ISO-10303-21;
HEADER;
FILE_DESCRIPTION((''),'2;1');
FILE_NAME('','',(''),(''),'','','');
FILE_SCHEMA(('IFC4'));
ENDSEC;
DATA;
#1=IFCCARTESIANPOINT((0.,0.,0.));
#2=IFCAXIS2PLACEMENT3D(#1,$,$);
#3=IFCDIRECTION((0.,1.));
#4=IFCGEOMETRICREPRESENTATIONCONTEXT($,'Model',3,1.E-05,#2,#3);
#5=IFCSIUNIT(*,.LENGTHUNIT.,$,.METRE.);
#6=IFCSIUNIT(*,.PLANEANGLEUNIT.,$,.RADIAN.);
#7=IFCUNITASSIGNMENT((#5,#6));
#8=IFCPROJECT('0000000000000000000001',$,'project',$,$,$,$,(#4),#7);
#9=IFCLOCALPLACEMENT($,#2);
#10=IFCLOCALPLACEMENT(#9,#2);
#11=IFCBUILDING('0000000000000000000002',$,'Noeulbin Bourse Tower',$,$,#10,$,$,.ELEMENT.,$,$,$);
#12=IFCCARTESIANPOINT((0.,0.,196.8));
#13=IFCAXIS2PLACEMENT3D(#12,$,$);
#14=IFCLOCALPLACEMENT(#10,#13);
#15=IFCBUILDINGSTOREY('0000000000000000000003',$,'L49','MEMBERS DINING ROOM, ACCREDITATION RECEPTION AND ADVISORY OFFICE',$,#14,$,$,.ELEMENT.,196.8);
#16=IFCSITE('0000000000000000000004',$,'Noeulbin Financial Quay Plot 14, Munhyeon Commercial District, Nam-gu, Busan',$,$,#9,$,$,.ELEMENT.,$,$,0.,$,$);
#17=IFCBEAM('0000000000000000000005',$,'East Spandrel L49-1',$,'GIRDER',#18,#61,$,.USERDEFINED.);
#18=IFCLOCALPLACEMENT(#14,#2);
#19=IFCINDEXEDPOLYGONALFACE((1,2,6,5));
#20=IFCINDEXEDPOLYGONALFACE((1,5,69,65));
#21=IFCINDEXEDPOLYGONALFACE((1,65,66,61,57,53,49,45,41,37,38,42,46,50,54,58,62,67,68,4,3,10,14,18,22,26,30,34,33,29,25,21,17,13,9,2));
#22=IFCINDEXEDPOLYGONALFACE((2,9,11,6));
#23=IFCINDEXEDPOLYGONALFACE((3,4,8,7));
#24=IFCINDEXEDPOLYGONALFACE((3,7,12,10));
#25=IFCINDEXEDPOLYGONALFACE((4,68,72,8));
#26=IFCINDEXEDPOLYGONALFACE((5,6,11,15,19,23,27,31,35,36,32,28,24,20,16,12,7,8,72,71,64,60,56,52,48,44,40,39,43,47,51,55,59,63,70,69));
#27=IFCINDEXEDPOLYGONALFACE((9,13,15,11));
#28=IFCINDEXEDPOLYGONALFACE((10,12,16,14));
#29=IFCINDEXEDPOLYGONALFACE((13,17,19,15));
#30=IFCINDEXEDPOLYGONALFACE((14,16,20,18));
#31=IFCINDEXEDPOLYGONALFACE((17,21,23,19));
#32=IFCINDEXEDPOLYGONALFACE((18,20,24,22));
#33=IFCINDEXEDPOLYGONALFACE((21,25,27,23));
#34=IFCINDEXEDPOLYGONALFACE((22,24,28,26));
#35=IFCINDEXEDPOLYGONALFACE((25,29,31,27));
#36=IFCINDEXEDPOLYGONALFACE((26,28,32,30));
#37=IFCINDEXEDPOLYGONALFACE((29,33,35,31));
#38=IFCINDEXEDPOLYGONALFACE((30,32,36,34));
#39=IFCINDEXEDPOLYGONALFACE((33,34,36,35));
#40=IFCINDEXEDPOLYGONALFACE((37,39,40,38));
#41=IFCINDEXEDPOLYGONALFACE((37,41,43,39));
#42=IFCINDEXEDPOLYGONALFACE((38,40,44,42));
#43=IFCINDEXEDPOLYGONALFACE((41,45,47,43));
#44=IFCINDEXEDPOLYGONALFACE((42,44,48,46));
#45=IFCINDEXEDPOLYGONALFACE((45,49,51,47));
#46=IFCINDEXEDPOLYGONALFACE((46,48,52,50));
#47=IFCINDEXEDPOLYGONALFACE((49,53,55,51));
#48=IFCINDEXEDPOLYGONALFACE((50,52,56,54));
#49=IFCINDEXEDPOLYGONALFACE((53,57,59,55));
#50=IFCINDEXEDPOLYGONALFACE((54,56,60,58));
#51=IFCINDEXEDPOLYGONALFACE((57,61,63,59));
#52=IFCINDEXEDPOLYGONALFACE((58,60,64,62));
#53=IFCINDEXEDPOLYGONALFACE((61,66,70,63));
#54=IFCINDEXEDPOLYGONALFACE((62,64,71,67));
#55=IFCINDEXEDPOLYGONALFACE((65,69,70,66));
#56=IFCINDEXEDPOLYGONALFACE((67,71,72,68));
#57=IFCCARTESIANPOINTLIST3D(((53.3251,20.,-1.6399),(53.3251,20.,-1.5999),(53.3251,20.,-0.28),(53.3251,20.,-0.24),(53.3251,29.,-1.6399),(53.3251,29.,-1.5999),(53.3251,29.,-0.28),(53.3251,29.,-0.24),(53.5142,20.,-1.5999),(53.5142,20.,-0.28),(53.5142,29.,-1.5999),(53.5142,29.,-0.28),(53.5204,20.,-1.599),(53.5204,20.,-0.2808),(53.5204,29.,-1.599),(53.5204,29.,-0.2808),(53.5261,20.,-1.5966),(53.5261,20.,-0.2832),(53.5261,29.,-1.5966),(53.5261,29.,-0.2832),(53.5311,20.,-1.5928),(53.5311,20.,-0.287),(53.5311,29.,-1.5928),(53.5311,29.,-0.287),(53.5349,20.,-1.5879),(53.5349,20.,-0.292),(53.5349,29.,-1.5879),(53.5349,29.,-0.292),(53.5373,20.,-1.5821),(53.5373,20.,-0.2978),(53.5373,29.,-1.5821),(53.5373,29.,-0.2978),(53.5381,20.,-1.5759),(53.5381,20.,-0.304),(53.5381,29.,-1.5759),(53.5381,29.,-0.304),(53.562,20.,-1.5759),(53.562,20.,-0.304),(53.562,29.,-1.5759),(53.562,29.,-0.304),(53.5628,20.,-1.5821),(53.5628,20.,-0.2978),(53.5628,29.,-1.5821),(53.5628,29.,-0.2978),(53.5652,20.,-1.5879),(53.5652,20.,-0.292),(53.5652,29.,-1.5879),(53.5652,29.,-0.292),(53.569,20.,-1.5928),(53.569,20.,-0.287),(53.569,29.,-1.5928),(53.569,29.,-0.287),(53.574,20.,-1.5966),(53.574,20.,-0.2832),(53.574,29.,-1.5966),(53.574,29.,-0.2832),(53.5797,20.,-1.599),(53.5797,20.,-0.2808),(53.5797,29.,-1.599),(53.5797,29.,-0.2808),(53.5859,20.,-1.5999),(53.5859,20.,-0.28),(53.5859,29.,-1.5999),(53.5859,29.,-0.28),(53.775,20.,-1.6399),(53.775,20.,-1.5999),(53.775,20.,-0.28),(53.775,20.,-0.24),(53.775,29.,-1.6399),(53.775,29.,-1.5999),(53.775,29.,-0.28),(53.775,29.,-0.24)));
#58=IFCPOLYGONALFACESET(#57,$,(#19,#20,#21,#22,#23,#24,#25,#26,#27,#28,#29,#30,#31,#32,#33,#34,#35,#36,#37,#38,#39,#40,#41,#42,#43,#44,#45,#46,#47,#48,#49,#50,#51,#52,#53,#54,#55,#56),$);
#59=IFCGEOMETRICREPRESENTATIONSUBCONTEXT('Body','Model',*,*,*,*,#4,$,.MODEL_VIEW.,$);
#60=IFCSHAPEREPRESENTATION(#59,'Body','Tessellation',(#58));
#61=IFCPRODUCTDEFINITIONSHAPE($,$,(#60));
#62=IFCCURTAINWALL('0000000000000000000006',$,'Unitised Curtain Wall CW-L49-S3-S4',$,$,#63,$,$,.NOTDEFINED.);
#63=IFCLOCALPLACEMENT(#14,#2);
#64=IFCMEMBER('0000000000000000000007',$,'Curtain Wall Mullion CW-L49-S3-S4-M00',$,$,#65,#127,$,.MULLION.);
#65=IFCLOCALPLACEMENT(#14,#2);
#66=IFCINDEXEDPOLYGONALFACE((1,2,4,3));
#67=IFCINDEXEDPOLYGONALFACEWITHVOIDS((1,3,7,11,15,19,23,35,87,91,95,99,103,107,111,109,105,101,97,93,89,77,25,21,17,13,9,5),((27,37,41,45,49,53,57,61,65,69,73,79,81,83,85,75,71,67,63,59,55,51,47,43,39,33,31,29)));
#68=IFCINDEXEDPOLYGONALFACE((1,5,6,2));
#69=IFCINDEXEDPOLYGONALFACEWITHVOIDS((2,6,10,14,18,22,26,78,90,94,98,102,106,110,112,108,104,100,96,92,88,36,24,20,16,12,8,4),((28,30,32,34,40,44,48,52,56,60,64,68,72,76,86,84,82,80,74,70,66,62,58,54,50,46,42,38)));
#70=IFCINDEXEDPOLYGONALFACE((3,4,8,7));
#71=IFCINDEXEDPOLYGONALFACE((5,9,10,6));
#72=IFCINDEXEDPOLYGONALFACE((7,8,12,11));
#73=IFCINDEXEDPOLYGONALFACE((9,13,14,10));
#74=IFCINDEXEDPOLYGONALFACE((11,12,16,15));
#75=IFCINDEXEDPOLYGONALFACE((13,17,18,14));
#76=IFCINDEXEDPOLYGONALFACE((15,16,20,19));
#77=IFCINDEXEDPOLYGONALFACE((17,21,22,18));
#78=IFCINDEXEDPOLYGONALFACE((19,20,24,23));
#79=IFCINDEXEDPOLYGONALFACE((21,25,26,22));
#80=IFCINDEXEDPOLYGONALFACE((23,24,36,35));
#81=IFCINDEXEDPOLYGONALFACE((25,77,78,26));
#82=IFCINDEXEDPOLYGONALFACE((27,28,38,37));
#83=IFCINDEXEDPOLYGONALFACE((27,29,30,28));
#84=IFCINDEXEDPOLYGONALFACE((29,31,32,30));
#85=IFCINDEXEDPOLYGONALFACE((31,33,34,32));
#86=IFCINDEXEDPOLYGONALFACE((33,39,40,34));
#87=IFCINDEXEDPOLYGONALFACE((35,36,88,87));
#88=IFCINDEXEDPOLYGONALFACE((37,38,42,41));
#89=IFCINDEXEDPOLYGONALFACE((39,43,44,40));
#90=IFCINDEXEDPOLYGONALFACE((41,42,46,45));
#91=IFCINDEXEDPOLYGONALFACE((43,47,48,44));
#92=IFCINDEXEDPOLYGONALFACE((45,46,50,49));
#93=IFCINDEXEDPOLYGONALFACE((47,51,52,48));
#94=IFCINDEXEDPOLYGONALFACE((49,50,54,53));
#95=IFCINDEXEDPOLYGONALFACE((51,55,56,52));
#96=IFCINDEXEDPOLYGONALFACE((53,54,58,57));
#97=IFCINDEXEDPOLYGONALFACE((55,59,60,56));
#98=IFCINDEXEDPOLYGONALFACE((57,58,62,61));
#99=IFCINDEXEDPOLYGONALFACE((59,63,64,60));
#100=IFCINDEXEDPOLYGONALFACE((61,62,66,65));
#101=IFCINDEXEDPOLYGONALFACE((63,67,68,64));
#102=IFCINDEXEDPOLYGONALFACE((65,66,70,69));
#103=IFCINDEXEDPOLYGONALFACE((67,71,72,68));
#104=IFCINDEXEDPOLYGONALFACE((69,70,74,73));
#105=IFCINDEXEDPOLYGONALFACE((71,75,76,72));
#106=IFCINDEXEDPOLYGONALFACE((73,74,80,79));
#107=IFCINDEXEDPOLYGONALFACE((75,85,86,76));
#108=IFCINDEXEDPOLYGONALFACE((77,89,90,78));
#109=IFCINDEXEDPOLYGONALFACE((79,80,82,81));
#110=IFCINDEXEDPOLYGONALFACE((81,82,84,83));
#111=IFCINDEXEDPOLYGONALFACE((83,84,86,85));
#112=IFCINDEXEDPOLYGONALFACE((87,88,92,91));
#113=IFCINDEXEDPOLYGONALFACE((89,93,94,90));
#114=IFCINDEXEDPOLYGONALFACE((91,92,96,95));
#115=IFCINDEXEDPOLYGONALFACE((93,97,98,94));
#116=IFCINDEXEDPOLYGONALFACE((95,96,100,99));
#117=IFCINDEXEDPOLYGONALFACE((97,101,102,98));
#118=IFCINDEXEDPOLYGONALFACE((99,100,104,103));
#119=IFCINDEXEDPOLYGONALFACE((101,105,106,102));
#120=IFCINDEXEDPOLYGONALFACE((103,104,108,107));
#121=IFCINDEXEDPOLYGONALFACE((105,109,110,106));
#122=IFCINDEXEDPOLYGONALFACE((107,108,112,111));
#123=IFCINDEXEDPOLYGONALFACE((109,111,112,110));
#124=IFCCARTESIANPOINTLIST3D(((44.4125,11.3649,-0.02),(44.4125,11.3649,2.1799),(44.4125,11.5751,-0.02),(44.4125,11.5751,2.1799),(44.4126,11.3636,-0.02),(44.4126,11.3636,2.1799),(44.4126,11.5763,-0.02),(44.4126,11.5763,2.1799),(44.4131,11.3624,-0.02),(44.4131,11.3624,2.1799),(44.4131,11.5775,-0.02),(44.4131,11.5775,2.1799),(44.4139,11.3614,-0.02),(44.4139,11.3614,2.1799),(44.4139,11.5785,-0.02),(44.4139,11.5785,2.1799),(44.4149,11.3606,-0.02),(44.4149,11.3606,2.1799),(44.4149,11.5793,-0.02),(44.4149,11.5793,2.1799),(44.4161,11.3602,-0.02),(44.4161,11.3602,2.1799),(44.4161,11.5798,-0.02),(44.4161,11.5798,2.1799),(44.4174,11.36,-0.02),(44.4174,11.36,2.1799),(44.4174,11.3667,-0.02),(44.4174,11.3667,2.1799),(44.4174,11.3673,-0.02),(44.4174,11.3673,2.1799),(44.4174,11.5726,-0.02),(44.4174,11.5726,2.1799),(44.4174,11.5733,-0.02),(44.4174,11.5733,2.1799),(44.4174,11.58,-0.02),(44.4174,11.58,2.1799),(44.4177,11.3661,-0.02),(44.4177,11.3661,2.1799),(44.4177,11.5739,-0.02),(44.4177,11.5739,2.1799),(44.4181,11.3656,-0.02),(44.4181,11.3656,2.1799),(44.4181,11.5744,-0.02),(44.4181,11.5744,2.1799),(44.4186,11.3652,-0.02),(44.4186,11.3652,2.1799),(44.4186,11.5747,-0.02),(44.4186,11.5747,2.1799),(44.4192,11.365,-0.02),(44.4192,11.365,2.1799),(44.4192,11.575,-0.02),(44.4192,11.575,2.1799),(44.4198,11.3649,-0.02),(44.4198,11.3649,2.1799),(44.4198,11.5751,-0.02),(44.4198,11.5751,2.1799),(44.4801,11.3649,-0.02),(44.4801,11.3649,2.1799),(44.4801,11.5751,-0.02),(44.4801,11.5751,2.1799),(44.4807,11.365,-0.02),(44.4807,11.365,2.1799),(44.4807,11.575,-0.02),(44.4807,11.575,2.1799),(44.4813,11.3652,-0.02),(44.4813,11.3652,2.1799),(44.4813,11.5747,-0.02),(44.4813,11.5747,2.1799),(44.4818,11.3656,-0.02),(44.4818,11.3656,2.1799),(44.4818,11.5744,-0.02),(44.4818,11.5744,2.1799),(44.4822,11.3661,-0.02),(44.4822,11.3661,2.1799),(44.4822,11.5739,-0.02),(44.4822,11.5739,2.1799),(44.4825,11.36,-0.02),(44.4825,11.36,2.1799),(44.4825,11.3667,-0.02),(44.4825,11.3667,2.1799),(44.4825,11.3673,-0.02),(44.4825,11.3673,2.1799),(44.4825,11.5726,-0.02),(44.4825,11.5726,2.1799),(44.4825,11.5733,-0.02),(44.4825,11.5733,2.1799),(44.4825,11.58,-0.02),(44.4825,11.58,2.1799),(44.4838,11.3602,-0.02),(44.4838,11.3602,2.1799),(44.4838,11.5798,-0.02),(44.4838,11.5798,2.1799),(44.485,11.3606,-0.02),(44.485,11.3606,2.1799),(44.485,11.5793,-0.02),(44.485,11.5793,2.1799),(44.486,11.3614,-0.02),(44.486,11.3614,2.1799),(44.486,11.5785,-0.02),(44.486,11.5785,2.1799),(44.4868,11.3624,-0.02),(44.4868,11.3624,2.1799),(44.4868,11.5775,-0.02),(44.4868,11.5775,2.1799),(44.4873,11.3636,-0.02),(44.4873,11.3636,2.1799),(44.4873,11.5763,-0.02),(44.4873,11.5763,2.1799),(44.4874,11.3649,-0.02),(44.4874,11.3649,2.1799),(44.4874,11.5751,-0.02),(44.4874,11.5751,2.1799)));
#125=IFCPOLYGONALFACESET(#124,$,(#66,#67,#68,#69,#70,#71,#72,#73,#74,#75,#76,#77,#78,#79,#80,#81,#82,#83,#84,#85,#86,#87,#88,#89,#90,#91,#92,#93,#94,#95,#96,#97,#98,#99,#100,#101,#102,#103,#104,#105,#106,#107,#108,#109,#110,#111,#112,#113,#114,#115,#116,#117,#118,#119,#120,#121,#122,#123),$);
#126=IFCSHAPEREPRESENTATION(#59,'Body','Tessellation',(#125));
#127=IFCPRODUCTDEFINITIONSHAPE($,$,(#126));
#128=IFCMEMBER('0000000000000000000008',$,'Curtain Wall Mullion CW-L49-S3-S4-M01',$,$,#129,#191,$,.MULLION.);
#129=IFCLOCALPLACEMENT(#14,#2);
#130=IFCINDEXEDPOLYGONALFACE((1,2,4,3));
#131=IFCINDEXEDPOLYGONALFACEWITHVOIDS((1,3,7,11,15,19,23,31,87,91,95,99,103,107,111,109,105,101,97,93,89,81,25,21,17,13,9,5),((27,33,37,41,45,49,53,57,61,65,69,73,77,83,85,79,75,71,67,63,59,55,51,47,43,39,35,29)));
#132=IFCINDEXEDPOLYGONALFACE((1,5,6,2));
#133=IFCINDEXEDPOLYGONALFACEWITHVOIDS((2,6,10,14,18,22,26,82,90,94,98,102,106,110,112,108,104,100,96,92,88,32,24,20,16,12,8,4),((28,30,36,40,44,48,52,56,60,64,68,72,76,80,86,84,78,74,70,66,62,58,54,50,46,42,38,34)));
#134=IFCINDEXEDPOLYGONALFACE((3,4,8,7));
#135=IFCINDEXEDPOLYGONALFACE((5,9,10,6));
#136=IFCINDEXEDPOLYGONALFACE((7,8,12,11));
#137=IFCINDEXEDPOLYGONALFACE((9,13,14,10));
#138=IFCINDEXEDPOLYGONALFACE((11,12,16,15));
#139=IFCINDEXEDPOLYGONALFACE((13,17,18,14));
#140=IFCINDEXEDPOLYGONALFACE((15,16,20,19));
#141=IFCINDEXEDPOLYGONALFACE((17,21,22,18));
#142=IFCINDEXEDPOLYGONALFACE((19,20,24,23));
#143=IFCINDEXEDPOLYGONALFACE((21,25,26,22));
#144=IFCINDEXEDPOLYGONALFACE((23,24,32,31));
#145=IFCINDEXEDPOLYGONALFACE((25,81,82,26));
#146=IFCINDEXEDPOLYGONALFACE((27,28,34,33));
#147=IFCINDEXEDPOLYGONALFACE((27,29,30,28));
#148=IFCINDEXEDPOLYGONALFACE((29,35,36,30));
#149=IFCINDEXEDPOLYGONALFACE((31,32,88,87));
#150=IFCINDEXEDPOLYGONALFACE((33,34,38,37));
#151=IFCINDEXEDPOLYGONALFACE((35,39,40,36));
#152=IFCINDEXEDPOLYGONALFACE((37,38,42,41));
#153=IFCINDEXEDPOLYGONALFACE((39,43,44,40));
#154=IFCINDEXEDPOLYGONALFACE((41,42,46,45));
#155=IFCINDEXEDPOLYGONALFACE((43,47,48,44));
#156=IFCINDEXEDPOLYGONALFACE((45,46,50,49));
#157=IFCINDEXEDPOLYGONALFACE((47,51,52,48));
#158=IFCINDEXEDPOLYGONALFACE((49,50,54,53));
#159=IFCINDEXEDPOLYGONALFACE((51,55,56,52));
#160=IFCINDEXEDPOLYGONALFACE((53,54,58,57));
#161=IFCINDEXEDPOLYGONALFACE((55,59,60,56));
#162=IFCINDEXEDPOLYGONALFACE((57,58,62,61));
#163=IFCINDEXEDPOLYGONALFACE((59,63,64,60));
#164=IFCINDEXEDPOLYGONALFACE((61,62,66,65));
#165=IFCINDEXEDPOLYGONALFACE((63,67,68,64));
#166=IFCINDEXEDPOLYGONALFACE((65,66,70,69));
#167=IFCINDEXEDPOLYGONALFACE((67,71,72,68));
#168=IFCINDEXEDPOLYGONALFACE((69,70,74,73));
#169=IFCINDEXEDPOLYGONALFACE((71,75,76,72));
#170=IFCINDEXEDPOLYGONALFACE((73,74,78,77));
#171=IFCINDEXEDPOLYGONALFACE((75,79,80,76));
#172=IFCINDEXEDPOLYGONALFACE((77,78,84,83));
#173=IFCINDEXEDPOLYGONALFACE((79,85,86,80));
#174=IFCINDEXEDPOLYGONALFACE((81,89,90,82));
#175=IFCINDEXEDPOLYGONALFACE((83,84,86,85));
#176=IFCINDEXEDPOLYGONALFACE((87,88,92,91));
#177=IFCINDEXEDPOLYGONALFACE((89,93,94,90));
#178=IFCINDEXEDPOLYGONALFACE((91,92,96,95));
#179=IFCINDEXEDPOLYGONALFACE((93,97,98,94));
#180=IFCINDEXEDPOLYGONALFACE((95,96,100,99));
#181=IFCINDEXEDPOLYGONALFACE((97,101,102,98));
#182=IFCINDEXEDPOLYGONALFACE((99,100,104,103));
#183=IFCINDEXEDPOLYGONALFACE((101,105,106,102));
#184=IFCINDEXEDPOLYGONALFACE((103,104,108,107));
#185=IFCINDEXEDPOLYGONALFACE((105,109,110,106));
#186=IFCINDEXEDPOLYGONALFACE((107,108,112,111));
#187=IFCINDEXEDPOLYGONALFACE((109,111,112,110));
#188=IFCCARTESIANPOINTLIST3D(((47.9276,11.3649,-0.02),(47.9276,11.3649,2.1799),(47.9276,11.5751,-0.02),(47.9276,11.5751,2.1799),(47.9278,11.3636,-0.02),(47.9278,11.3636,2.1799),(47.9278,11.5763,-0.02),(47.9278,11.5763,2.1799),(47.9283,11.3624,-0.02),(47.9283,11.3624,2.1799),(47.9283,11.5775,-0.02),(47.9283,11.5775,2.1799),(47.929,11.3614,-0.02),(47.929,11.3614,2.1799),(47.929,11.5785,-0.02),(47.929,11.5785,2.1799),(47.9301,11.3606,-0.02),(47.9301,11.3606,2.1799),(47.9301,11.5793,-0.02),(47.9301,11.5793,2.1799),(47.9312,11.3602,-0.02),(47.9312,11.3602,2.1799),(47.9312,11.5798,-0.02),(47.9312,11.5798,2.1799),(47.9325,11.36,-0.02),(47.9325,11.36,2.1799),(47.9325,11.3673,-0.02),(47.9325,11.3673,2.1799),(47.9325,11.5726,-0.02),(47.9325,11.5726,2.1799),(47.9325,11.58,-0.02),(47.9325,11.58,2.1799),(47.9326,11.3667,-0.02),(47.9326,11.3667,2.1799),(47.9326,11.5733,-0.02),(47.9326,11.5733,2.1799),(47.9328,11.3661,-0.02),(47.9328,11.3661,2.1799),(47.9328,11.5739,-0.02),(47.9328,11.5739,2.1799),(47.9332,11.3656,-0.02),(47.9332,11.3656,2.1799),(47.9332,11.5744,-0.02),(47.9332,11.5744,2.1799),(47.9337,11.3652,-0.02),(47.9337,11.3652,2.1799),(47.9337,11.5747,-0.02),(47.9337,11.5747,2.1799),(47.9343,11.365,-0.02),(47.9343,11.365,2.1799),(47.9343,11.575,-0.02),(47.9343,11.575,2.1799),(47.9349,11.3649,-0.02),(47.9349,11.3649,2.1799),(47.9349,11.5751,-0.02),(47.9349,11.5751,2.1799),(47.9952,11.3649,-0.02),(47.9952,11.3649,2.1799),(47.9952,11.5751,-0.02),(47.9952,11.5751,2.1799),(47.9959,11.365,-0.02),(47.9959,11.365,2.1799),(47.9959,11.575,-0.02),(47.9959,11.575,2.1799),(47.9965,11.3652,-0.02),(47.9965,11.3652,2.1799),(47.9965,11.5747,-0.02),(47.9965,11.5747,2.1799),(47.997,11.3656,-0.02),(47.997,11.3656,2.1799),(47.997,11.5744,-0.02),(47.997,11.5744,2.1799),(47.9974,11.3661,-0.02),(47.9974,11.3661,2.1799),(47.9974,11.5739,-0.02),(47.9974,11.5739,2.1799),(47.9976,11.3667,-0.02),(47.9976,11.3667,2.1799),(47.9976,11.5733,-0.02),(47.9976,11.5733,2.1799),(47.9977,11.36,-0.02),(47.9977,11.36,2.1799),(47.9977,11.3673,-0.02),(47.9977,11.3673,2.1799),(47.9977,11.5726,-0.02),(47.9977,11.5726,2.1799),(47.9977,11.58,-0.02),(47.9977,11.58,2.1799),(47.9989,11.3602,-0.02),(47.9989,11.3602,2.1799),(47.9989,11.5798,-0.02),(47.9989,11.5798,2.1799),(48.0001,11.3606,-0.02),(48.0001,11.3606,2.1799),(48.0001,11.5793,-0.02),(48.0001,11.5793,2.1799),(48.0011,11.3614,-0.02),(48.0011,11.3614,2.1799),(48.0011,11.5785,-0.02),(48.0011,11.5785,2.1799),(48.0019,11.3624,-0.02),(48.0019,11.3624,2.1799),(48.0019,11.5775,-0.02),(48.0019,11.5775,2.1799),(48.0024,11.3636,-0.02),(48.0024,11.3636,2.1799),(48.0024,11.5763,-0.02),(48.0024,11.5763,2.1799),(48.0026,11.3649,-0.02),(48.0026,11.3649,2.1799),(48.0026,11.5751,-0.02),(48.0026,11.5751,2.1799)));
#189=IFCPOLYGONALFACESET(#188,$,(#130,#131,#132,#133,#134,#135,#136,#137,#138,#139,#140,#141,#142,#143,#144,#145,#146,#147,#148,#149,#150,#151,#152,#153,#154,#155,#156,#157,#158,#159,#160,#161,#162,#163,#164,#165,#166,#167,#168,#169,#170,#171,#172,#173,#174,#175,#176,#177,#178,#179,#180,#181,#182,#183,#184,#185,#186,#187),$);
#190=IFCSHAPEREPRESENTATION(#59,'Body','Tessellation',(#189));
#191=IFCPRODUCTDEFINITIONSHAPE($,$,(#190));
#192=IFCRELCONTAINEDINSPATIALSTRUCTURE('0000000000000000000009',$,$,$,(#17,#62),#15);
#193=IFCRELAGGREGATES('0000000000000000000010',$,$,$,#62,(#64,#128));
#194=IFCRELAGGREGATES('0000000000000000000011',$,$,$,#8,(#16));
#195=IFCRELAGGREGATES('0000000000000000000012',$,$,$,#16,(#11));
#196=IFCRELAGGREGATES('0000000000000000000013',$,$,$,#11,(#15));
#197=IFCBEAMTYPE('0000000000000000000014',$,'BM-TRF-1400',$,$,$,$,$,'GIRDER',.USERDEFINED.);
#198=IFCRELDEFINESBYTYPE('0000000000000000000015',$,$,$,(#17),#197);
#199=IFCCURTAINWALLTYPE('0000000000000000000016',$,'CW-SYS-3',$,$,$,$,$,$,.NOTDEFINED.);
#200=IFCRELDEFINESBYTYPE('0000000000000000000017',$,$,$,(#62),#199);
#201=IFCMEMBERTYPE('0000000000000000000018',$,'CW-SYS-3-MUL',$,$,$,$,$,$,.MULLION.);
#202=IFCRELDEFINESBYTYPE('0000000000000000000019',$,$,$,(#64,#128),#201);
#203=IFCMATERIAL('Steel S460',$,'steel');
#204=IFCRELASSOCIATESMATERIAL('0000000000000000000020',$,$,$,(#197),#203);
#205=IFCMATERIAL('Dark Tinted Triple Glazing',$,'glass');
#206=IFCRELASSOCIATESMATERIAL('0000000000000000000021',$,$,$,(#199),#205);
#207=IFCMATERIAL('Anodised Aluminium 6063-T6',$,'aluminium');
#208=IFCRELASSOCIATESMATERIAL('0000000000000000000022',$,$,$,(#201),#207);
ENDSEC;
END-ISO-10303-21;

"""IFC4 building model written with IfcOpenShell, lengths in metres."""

from ifc_helpers import new_model, si_unit, direction, frame, origin, origin_2d, place, context, subcontext, project, spatial, hollow_rectangle, i_section, extrude, material, material_profile, profile_set, type_object, element, aggregate, save


model = new_model("IFC4")

# Units and contexts
model_context = context("Model", 3, precision=1e-05, world=origin(), true_north=direction((0.0, 1.0)))
body_context = subcontext(model_context, "Body", "Model", "MODEL_VIEW")
ifc_project = project(units=[si_unit("LENGTHUNIT", "METRE"), si_unit("PLANEANGLEUNIT", "RADIAN")], contexts=[model_context])

# Site, building, storey
site_placement = place(None, origin())
site = spatial("IfcSite", under=ifc_project, at=site_placement, Name="Noeulbin Financial Quay Plot 14, Munhyeon Commercial District, Nam-gu, Busan", CompositionType="ELEMENT", RefElevation=0.0)
building_placement = place(site_placement, origin())
building = spatial("IfcBuilding", under=site, at=building_placement, Name="Noeulbin Bourse Tower", CompositionType="ELEMENT")
storey_placement = place(building_placement, frame((0.0, 0.0, 196.8)))
storey = spatial("IfcBuildingStorey", under=building, at=storey_placement, Name="L49", Description="MEMBERS DINING ROOM, ACCREDITATION RECEPTION AND ADVISORY OFFICE", CompositionType="ELEMENT", Elevation=196.8)

# Beam
ifc_material_1 = material(Name="Steel S460", Category="steel")
ifc_material_profile_1 = material_profile(ifc_material_1, i_section(OverallWidth=0.45, OverallDepth=1.3999, WebThickness=0.0239, FlangeThickness=0.04, FilletRadius=0.0239, at=origin_2d()), Name="PG-1400x450x24x40", Category="LoadBearing")
ifc_profile_set_1 = profile_set([ifc_material_profile_1], Name="Steel S460")
beam_type = type_object("IfcBeamType", Name="BM-TRF-1400", ElementType="GIRDER", PredefinedType="USERDEFINED", material=ifc_profile_set_1)
for number, where, z_axis, x_axis, name in (
    (1, (53.55, 20.0, -0.9399), (0.0, 1.0, 0.0), (-1.0, 0.0, 0.0), "East Spandrel L49-1"),
):
    element("IfcBeam", number, at=place(storey_placement, frame(where, z_axis=z_axis, x_axis=x_axis)), inside=storey, type_object=beam_type, Name=name, ObjectType="GIRDER", PredefinedType="USERDEFINED", context=body_context, shape_type="SweptSolid", body=[
        extrude(i_section(OverallWidth=0.45, OverallDepth=1.3999, WebThickness=0.0239, FlangeThickness=0.04, FilletRadius=0.0239, at=origin_2d()), origin(), (0.0, 0.0, 1.0), 9.0),
    ])

# Curtain wall, members
ifc_material_2 = material(Name="Dark Tinted Triple Glazing", Category="glass")
curtain_wall_type = type_object("IfcCurtainWallType", Name="CW-SYS-3", PredefinedType="NOTDEFINED", material=ifc_material_2)
curtain_wall_1_placement = place(storey_placement, origin())
curtain_wall_1 = element("IfcCurtainWall", 2, at=curtain_wall_1_placement, inside=storey, type_object=curtain_wall_type, Name="Unitised Curtain Wall CW-L49-S3-S4", PredefinedType="NOTDEFINED")
ifc_material_3 = material(Name="Anodised Aluminium 6063-T6", Category="aluminium")
ifc_material_profile_2 = material_profile(ifc_material_3, hollow_rectangle(XDim=0.075, YDim=0.22, WallThickness=0.0049, InnerFilletRadius=0.0024, OuterFilletRadius=0.0049, at=origin_2d()), Name="ALU-MULL-75x220x5", Category="LoadBearing")
ifc_profile_set_2 = profile_set([ifc_material_profile_2], Name="Anodised Aluminium 6063-T6")
member_type_1 = type_object("IfcMemberType", Name="CW-SYS-3-MUL", PredefinedType="MULLION", material=ifc_profile_set_2)
member_1_placement = place(storey_placement, frame((44.45, 11.47, -0.02), z_axis=(0.0, 0.0, 1.0), x_axis=(1.0, 0.0, 0.0)))
member_1 = element("IfcMember", 3, at=member_1_placement, type_object=member_type_1, Name="Curtain Wall Mullion CW-L49-S3-S4-M00", PredefinedType="MULLION", context=body_context, shape_type="SweptSolid", body=[
    extrude(hollow_rectangle(XDim=0.075, YDim=0.22, WallThickness=0.0049, InnerFilletRadius=0.0024, OuterFilletRadius=0.0049, at=origin_2d()), origin(), (0.0, 0.0, 1.0), 2.2),
])
member_2_placement = place(storey_placement, frame((47.9651, 11.47, -0.02), z_axis=(0.0, 0.0, 1.0), x_axis=(1.0, 0.0, 0.0)))
member_2 = element("IfcMember", 4, at=member_2_placement, type_object=member_type_1, Name="Curtain Wall Mullion CW-L49-S3-S4-M01", PredefinedType="MULLION", context=body_context, shape_type="SweptSolid", body=[
    extrude(hollow_rectangle(XDim=0.075, YDim=0.22, WallThickness=0.0049, InnerFilletRadius=0.0024, OuterFilletRadius=0.0049, at=origin_2d()), origin(), (0.0, 0.0, 1.0), 2.2),
])

aggregate(curtain_wall_1, [member_1, member_2])

save(model, "model.ifc")
